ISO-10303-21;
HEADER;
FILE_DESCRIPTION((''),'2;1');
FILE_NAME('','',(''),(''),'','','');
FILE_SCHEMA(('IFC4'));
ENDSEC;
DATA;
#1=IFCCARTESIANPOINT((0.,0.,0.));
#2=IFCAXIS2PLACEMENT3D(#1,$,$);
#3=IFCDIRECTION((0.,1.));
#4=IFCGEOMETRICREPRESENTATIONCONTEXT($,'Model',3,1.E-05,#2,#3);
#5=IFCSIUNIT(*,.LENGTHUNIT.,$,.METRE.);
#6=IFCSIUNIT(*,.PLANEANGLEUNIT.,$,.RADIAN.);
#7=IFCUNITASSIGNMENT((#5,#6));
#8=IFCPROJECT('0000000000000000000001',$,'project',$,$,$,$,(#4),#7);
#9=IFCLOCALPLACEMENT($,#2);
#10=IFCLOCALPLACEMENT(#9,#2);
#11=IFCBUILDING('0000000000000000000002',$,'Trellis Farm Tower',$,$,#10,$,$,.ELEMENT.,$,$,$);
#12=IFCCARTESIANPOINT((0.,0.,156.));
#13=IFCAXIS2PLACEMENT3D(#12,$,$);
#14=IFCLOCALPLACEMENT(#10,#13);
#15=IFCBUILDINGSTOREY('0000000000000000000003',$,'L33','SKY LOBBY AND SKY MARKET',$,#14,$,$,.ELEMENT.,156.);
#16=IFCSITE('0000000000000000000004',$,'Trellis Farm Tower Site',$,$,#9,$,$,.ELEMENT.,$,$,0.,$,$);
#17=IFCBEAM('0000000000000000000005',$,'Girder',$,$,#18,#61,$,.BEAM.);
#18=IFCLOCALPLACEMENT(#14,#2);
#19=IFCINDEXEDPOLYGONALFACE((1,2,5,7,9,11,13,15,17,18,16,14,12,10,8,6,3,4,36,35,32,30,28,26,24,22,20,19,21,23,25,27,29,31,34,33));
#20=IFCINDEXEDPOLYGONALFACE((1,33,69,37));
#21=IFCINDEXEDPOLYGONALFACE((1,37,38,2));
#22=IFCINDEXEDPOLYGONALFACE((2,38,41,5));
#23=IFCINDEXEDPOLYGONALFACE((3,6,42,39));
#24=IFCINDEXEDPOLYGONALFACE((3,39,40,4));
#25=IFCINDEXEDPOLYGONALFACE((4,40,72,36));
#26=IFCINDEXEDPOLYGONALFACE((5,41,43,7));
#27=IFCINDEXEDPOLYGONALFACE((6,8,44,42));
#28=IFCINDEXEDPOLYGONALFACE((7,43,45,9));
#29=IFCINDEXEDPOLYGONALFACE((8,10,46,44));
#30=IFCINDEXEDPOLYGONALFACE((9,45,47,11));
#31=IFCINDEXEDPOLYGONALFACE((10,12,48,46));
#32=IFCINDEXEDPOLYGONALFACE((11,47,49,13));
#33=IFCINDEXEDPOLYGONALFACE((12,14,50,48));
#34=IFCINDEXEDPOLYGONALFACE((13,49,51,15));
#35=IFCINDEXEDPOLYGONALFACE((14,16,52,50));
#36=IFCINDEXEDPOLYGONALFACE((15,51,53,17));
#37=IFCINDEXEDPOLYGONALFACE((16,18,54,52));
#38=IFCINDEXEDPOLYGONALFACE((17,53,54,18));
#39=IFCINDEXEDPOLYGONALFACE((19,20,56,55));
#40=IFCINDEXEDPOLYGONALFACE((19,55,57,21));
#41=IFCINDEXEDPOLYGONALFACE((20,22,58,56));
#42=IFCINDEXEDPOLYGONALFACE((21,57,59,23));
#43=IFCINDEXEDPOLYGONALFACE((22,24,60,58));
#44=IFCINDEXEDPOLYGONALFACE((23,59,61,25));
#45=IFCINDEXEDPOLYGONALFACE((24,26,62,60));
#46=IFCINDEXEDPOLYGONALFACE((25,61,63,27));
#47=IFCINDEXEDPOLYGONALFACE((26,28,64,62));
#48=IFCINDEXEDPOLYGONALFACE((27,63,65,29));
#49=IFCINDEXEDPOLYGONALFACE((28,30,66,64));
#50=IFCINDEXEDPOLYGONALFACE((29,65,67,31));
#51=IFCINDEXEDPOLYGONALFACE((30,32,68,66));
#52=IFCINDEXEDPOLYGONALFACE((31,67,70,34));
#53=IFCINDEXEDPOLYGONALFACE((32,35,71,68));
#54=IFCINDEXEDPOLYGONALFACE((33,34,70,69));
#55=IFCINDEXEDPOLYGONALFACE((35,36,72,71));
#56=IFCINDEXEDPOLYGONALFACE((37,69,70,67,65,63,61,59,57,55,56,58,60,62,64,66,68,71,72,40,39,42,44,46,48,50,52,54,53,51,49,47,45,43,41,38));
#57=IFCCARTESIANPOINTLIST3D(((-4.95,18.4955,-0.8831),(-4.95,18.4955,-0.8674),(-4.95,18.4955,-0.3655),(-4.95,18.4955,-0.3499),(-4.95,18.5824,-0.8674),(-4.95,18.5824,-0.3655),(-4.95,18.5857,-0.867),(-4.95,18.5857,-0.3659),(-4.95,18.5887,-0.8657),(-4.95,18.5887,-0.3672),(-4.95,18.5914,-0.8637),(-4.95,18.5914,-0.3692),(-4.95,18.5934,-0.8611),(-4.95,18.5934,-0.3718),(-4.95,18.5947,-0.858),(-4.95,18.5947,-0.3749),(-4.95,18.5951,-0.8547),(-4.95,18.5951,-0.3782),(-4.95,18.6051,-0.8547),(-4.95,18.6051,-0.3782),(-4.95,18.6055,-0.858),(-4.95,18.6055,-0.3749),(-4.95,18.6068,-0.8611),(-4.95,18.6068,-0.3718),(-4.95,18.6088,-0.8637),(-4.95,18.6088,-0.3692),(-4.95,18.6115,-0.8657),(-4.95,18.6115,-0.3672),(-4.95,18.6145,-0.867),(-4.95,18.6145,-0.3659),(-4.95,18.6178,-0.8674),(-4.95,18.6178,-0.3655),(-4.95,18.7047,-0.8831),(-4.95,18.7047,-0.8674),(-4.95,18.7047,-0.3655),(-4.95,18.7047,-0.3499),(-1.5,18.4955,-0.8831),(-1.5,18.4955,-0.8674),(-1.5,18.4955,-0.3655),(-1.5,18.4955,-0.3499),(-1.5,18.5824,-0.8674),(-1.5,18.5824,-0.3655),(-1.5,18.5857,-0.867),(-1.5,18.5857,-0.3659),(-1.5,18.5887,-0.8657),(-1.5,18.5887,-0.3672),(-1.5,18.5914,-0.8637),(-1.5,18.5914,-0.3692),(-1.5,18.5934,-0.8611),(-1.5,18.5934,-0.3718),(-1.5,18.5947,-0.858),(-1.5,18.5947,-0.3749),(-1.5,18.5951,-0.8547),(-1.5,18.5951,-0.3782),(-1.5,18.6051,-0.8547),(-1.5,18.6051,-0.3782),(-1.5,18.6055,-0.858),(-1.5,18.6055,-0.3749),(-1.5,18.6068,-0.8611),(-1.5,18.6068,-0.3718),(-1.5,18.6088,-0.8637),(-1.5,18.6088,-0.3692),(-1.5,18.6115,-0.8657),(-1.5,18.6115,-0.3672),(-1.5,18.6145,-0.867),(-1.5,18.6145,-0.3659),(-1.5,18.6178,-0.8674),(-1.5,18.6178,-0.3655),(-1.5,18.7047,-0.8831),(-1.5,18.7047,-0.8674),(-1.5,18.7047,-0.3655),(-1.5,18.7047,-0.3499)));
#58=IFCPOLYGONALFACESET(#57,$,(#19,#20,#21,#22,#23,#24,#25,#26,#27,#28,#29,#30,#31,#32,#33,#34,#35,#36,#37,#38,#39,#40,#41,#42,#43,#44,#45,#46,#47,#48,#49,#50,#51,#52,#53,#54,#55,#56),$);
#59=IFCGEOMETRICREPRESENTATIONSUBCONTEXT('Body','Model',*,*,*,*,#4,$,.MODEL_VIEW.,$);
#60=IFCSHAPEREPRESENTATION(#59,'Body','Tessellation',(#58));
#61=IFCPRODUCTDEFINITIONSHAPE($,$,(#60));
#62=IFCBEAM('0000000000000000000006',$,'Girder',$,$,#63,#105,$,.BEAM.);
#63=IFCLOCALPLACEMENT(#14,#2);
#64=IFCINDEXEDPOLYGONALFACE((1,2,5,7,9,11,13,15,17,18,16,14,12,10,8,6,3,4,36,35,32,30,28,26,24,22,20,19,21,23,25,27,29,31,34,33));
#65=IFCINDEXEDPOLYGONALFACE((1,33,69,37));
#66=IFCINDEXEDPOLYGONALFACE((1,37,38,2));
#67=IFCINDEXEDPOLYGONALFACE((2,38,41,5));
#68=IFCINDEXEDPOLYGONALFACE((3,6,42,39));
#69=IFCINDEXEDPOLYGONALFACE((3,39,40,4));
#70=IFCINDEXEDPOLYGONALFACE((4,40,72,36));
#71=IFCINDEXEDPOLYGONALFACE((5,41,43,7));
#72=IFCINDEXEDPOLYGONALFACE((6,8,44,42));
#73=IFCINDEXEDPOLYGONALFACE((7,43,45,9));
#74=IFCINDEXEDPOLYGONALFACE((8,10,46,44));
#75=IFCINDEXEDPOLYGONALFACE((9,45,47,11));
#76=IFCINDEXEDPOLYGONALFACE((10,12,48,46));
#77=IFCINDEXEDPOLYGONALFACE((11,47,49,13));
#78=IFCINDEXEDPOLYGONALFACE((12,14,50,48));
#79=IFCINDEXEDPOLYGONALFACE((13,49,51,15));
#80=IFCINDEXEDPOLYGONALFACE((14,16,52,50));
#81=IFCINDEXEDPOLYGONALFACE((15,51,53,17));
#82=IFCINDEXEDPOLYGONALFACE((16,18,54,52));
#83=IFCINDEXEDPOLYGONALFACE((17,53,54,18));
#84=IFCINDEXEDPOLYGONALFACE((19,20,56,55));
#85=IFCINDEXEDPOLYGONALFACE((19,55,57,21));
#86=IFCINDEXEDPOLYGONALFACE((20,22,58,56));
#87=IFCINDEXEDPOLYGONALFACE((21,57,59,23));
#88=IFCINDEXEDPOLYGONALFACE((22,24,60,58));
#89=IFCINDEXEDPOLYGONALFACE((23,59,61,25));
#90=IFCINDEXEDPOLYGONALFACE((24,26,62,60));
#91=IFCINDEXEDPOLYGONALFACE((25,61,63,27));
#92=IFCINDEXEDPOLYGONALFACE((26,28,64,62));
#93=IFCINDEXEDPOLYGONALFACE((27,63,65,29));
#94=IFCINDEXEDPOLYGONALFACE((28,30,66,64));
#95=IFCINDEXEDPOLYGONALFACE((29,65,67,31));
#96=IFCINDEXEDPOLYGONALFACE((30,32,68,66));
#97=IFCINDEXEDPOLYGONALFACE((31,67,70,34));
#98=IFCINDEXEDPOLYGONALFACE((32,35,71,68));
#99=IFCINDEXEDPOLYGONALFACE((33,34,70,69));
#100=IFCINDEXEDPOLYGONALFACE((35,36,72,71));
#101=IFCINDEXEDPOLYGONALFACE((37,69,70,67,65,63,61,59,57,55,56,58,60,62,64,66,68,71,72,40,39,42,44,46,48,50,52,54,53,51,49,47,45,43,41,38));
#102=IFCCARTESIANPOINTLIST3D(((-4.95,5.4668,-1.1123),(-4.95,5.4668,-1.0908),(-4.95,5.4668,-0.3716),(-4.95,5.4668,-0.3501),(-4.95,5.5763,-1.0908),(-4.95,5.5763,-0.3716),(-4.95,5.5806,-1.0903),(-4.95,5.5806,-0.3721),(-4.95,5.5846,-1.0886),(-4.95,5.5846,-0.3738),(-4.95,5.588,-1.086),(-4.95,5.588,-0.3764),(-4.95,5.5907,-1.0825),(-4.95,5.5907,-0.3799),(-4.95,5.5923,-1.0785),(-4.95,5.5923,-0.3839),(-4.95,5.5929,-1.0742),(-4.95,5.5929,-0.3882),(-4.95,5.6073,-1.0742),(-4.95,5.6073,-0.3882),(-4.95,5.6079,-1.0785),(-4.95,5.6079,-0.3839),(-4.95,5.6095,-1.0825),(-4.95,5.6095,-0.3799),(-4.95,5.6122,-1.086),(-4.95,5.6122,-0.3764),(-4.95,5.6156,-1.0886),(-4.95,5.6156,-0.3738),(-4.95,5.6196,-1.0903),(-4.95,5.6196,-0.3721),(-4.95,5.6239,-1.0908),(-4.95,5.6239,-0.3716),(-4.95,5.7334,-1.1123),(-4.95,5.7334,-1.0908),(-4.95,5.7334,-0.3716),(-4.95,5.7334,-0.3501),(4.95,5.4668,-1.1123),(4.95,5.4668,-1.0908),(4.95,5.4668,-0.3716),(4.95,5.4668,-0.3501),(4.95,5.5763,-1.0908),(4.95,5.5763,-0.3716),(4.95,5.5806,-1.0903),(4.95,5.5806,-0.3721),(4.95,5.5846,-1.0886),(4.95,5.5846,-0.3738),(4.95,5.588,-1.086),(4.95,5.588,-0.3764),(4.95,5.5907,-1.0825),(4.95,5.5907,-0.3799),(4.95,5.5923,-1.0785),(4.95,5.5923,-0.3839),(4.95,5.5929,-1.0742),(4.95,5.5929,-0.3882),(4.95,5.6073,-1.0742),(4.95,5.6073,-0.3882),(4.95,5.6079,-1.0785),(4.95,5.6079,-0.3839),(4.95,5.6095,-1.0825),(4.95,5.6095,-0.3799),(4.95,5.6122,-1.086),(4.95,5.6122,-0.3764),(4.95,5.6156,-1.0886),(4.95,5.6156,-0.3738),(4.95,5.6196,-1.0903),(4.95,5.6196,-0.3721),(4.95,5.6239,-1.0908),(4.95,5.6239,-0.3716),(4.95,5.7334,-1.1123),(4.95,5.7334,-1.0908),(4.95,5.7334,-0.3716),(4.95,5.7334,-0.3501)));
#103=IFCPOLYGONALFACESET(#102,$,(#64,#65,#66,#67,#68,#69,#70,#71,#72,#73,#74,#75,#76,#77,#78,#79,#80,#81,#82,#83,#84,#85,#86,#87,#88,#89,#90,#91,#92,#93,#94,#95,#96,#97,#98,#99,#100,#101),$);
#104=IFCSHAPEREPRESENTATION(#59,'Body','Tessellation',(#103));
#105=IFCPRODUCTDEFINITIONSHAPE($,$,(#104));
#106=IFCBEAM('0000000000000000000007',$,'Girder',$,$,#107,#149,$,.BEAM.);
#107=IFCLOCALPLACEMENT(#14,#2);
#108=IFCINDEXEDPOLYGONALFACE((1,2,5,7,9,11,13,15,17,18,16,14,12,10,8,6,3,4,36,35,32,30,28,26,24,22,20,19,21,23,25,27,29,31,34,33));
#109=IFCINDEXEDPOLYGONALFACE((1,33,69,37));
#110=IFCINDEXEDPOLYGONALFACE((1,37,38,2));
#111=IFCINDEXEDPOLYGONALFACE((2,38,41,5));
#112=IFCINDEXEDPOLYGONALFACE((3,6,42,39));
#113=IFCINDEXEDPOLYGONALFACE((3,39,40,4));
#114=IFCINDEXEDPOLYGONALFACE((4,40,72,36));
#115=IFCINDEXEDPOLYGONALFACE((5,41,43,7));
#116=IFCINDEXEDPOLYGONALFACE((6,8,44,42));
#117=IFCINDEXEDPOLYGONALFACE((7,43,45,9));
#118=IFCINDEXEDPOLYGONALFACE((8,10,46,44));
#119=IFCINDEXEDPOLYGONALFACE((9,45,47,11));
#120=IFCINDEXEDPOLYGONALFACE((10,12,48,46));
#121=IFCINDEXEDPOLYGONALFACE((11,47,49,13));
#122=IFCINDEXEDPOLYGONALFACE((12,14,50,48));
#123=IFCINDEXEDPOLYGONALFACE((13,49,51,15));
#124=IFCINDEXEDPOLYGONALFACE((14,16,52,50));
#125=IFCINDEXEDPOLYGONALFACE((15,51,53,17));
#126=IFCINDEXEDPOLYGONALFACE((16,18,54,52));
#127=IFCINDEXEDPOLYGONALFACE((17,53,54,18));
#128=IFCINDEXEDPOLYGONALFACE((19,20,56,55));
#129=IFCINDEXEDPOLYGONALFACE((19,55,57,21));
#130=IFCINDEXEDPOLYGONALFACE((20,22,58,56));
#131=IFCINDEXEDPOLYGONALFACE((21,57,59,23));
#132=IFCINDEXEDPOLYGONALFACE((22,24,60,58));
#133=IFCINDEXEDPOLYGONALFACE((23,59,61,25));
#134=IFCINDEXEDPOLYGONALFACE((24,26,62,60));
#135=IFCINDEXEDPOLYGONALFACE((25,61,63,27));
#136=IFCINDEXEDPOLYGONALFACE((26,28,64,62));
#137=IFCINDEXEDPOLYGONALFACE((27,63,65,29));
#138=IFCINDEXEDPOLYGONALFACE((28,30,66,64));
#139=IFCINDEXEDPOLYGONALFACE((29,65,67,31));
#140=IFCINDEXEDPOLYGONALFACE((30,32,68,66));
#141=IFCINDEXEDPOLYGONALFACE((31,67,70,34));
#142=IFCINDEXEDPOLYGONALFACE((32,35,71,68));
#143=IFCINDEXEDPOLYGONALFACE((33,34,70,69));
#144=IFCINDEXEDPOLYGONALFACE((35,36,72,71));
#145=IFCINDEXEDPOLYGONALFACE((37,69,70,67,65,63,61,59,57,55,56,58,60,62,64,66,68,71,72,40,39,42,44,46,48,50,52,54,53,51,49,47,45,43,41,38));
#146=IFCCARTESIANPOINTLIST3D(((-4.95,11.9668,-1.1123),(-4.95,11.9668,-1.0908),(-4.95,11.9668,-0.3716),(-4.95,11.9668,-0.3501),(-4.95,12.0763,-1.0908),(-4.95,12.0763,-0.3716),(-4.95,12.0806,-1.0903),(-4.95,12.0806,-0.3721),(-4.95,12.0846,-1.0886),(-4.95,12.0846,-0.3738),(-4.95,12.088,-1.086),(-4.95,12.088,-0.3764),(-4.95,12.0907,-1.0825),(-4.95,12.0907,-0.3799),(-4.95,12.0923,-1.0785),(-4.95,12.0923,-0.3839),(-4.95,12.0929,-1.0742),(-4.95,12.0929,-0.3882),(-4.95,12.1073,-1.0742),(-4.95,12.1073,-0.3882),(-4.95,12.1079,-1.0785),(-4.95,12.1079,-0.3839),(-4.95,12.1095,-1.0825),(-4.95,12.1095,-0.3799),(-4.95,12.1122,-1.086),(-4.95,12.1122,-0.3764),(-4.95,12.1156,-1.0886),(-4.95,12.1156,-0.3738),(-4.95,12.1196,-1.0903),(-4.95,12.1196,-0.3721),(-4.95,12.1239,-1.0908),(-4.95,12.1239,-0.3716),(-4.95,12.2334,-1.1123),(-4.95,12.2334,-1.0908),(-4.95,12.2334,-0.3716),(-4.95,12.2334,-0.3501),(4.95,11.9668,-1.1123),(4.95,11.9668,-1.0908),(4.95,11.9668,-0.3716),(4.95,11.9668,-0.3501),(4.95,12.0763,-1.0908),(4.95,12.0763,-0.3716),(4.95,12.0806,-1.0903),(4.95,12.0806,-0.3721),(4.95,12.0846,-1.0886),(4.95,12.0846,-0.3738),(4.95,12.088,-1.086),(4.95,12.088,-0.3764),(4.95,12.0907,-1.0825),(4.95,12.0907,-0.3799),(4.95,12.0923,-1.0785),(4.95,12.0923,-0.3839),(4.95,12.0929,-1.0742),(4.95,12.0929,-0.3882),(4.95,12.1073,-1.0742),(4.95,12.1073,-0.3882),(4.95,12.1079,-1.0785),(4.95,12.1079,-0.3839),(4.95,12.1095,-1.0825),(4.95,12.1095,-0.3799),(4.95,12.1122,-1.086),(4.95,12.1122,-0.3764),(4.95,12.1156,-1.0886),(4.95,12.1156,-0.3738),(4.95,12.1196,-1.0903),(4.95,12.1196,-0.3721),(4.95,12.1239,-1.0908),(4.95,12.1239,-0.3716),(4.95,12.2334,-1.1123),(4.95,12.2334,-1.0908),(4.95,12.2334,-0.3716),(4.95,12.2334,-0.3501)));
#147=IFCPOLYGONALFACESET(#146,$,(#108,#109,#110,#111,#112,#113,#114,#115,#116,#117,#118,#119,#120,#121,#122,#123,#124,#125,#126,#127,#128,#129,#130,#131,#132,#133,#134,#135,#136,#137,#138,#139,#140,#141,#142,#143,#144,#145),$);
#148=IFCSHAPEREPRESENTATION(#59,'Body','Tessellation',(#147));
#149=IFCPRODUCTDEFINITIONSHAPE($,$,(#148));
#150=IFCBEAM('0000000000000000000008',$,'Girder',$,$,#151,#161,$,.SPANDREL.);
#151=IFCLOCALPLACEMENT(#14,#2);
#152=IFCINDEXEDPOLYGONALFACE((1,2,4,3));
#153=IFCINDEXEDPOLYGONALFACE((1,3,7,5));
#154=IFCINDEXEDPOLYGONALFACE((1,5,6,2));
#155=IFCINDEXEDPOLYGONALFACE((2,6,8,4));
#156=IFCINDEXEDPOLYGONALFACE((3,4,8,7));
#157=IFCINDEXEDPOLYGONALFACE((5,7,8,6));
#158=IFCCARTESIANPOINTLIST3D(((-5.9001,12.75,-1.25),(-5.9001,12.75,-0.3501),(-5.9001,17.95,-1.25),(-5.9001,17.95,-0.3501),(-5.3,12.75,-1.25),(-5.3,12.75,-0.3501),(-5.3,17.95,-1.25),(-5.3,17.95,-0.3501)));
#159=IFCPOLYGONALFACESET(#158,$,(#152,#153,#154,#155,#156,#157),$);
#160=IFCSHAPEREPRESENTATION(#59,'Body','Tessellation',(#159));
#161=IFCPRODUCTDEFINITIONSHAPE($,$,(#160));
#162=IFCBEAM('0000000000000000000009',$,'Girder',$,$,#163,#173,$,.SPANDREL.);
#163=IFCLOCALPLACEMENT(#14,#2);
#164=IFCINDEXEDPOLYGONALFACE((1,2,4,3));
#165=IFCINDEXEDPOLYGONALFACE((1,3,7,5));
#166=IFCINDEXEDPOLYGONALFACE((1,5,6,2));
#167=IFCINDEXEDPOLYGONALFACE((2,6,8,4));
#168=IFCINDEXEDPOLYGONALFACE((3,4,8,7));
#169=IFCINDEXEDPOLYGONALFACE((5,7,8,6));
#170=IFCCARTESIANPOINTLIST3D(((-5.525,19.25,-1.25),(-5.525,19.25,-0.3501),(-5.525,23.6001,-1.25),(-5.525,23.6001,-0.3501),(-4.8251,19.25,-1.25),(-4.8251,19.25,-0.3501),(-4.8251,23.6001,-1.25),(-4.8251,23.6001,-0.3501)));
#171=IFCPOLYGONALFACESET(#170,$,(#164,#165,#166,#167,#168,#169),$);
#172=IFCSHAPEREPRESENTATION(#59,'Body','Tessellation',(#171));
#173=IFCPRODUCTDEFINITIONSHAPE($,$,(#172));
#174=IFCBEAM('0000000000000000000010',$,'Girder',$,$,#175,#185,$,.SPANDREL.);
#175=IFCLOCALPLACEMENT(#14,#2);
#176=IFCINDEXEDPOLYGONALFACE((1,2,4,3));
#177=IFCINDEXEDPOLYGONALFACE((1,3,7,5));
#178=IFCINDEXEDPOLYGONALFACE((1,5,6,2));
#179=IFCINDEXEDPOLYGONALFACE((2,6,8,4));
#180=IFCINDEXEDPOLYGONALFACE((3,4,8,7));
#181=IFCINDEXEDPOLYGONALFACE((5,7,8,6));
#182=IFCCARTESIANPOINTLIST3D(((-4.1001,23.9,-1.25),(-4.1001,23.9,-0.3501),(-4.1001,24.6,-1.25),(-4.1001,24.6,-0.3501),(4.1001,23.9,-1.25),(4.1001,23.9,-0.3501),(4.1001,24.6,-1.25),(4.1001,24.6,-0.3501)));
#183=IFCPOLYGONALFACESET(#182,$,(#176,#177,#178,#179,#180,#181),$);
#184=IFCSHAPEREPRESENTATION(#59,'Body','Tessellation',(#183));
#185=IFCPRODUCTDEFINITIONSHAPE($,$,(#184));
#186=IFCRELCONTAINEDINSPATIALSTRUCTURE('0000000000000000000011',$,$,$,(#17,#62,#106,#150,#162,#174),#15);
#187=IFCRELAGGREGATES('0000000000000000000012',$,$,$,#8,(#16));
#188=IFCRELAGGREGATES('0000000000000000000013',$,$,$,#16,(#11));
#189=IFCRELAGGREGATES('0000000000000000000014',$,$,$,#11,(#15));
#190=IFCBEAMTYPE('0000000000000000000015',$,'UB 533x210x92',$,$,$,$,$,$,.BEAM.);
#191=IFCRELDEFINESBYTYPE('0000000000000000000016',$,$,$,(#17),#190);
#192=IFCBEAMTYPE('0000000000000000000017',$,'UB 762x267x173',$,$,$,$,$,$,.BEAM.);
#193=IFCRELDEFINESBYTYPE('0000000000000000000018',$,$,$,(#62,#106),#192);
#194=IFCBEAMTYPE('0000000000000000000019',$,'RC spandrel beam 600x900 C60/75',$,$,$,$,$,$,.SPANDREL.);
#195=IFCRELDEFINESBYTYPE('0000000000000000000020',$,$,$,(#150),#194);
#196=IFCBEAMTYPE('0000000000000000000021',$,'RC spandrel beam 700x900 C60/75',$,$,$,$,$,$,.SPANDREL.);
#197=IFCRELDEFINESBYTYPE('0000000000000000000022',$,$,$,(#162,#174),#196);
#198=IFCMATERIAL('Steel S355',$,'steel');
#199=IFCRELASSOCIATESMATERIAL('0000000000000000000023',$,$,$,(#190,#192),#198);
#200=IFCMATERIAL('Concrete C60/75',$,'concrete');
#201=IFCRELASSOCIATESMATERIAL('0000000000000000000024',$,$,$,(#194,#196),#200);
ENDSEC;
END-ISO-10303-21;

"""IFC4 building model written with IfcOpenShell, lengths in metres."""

from ifc_helpers import new_model, si_unit, direction, frame, origin, origin_2d, place, context, subcontext, project, spatial, rectangle, i_section, extrude, source, transform, mapped, material, material_profile, profile_set, type_object, element, save


model = new_model("IFC4")

# Units and contexts
model_context = context("Model", 3, precision=1e-05, world=origin(), true_north=direction((0.0, 1.0)))
body_context = subcontext(model_context, "Body", "Model", "MODEL_VIEW")
ifc_project = project(units=[si_unit("LENGTHUNIT", "METRE"), si_unit("PLANEANGLEUNIT", "RADIAN")], contexts=[model_context])

# Site, building, storey
site_placement = place(None, origin())
site = spatial("IfcSite", under=ifc_project, at=site_placement, Name="Trellis Farm Tower Site", CompositionType="ELEMENT", RefElevation=0.0)
building_placement = place(site_placement, origin())
building = spatial("IfcBuilding", under=site, at=building_placement, Name="Trellis Farm Tower", CompositionType="ELEMENT")
storey_placement = place(building_placement, frame((0.0, 0.0, 156.0)))
storey = spatial("IfcBuildingStorey", under=building, at=storey_placement, Name="L33", Description="SKY LOBBY AND SKY MARKET", CompositionType="ELEMENT", Elevation=156.0)

# Beams
ifc_material_1 = material(Name="Steel S355", Category="steel")
ifc_material_profile_1 = material_profile(ifc_material_1, i_section(OverallWidth=0.2092, OverallDepth=0.5332, WebThickness=0.01, FlangeThickness=0.0156, FilletRadius=0.0127, at=origin_2d()), Name="UB 533x210x92")
ifc_profile_set_1 = profile_set([ifc_material_profile_1], Name="Steel S355")
beam_type_1 = type_object("IfcBeamType", Name="UB 533x210x92", PredefinedType="BEAM", material=ifc_profile_set_1)
shared_shape_1 = source(origin(), body_context, "Body", "SweptSolid", [
    extrude(i_section(OverallWidth=0.2092, OverallDepth=0.5332, WebThickness=0.01, FlangeThickness=0.0156, FilletRadius=0.0127, at=origin_2d()), origin(), (0.0, 0.0, 1.0), 3.45),
])
beam_1_placement = place(storey_placement, frame((-4.95, 18.6001, -0.6165), z_axis=(1.0, 0.0, 0.0), x_axis=(0.0, 1.0, 0.0)))
element("IfcBeam", 1, at=beam_1_placement, inside=storey, type_object=beam_type_1, Name="Girder", PredefinedType="BEAM", context=body_context, shape_type="MappedRepresentation", body=[
    mapped(shared_shape_1, transform((0.0, 0.0, 0.0))),
])
ifc_material_profile_2 = material_profile(ifc_material_1, i_section(OverallWidth=0.2666, OverallDepth=0.7622, WebThickness=0.0144, FlangeThickness=0.0215, FilletRadius=0.0166, at=origin_2d()), Name="UB 762x267x173")
ifc_profile_set_2 = profile_set([ifc_material_profile_2], Name="Steel S355")
beam_type_2 = type_object("IfcBeamType", Name="UB 762x267x173", PredefinedType="BEAM", material=ifc_profile_set_2)
shared_shape_2 = source(origin(), body_context, "Body", "SweptSolid", [
    extrude(i_section(OverallWidth=0.2666, OverallDepth=0.7622, WebThickness=0.0144, FlangeThickness=0.0215, FilletRadius=0.0166, at=origin_2d()), origin(), (0.0, 0.0, 1.0), 9.8999),
])
for number, where, z_axis, x_axis, name in (
    (2, (-4.95, 5.6001, -0.7312), (1.0, 0.0, 0.0), (0.0, 1.0, 0.0), "Girder"),
    (3, (-4.95, 12.1001, -0.7312), (1.0, 0.0, 0.0), (0.0, 1.0, 0.0), "Girder"),
):
    element("IfcBeam", number, at=place(storey_placement, frame(where, z_axis=z_axis, x_axis=x_axis)), inside=storey, type_object=beam_type_2, Name=name, PredefinedType="BEAM", context=body_context, shape_type="MappedRepresentation", body=[
        mapped(shared_shape_2, transform((0.0, 0.0, 0.0))),
    ])
ifc_material_2 = material(Name="Concrete C60/75", Category="concrete")
ifc_material_profile_3 = material_profile(ifc_material_2, rectangle(XDim=0.6001, YDim=0.8999, at=origin_2d()), Name="RC spandrel beam 600x900 C60/75")
ifc_profile_set_3 = profile_set([ifc_material_profile_3], Name="Concrete C60/75")
beam_type_3 = type_object("IfcBeamType", Name="RC spandrel beam 600x900 C60/75", PredefinedType="SPANDREL", material=ifc_profile_set_3)
shared_shape_3 = source(origin(), body_context, "Body", "SweptSolid", [
    extrude(rectangle(XDim=0.6001, YDim=0.8999, at=origin_2d()), origin(), (0.0, 0.0, 1.0), 5.2),
])
beam_2_placement = place(storey_placement, frame((-5.6001, 12.75, -0.8), z_axis=(0.0, 1.0, 0.0), x_axis=(-1.0, 0.0, 0.0)))
element("IfcBeam", 4, at=beam_2_placement, inside=storey, type_object=beam_type_3, Name="Girder", PredefinedType="SPANDREL", context=body_context, shape_type="MappedRepresentation", body=[
    mapped(shared_shape_3, transform((0.0, 0.0, 0.0))),
])
ifc_material_profile_4 = material_profile(ifc_material_2, rectangle(XDim=0.7, YDim=0.8999, at=origin_2d()), Name="RC spandrel beam 700x900 C60/75")
ifc_profile_set_4 = profile_set([ifc_material_profile_4], Name="Concrete C60/75")
beam_type_4 = type_object("IfcBeamType", Name="RC spandrel beam 700x900 C60/75", PredefinedType="SPANDREL", material=ifc_profile_set_4)
shared_shape_4 = source(origin(), body_context, "Body", "SweptSolid", [
    extrude(rectangle(XDim=0.7, YDim=0.8999, at=origin_2d()), origin(), (0.0, 0.0, 1.0), 4.3501),
])
beam_3_placement = place(storey_placement, frame((-5.175, 19.25, -0.8), z_axis=(0.0, 1.0, 0.0), x_axis=(-1.0, 0.0, 0.0)))
element("IfcBeam", 5, at=beam_3_placement, inside=storey, type_object=beam_type_4, Name="Girder", PredefinedType="SPANDREL", context=body_context, shape_type="MappedRepresentation", body=[
    mapped(shared_shape_4, transform((0.0, 0.0, 0.0))),
])
shared_shape_5 = source(origin(), body_context, "Body", "SweptSolid", [
    extrude(rectangle(XDim=0.7, YDim=0.8999, at=origin_2d()), origin(), (0.0, 0.0, 1.0), 8.2002),
])
beam_4_placement = place(storey_placement, frame((-4.1001, 24.25, -0.8), z_axis=(1.0, 0.0, 0.0), x_axis=(0.0, 1.0, 0.0)))
element("IfcBeam", 6, at=beam_4_placement, inside=storey, type_object=beam_type_4, Name="Girder", PredefinedType="SPANDREL", context=body_context, shape_type="MappedRepresentation", body=[
    mapped(shared_shape_5, transform((0.0, 0.0, 0.0))),
])

save(model, "model.ifc")
